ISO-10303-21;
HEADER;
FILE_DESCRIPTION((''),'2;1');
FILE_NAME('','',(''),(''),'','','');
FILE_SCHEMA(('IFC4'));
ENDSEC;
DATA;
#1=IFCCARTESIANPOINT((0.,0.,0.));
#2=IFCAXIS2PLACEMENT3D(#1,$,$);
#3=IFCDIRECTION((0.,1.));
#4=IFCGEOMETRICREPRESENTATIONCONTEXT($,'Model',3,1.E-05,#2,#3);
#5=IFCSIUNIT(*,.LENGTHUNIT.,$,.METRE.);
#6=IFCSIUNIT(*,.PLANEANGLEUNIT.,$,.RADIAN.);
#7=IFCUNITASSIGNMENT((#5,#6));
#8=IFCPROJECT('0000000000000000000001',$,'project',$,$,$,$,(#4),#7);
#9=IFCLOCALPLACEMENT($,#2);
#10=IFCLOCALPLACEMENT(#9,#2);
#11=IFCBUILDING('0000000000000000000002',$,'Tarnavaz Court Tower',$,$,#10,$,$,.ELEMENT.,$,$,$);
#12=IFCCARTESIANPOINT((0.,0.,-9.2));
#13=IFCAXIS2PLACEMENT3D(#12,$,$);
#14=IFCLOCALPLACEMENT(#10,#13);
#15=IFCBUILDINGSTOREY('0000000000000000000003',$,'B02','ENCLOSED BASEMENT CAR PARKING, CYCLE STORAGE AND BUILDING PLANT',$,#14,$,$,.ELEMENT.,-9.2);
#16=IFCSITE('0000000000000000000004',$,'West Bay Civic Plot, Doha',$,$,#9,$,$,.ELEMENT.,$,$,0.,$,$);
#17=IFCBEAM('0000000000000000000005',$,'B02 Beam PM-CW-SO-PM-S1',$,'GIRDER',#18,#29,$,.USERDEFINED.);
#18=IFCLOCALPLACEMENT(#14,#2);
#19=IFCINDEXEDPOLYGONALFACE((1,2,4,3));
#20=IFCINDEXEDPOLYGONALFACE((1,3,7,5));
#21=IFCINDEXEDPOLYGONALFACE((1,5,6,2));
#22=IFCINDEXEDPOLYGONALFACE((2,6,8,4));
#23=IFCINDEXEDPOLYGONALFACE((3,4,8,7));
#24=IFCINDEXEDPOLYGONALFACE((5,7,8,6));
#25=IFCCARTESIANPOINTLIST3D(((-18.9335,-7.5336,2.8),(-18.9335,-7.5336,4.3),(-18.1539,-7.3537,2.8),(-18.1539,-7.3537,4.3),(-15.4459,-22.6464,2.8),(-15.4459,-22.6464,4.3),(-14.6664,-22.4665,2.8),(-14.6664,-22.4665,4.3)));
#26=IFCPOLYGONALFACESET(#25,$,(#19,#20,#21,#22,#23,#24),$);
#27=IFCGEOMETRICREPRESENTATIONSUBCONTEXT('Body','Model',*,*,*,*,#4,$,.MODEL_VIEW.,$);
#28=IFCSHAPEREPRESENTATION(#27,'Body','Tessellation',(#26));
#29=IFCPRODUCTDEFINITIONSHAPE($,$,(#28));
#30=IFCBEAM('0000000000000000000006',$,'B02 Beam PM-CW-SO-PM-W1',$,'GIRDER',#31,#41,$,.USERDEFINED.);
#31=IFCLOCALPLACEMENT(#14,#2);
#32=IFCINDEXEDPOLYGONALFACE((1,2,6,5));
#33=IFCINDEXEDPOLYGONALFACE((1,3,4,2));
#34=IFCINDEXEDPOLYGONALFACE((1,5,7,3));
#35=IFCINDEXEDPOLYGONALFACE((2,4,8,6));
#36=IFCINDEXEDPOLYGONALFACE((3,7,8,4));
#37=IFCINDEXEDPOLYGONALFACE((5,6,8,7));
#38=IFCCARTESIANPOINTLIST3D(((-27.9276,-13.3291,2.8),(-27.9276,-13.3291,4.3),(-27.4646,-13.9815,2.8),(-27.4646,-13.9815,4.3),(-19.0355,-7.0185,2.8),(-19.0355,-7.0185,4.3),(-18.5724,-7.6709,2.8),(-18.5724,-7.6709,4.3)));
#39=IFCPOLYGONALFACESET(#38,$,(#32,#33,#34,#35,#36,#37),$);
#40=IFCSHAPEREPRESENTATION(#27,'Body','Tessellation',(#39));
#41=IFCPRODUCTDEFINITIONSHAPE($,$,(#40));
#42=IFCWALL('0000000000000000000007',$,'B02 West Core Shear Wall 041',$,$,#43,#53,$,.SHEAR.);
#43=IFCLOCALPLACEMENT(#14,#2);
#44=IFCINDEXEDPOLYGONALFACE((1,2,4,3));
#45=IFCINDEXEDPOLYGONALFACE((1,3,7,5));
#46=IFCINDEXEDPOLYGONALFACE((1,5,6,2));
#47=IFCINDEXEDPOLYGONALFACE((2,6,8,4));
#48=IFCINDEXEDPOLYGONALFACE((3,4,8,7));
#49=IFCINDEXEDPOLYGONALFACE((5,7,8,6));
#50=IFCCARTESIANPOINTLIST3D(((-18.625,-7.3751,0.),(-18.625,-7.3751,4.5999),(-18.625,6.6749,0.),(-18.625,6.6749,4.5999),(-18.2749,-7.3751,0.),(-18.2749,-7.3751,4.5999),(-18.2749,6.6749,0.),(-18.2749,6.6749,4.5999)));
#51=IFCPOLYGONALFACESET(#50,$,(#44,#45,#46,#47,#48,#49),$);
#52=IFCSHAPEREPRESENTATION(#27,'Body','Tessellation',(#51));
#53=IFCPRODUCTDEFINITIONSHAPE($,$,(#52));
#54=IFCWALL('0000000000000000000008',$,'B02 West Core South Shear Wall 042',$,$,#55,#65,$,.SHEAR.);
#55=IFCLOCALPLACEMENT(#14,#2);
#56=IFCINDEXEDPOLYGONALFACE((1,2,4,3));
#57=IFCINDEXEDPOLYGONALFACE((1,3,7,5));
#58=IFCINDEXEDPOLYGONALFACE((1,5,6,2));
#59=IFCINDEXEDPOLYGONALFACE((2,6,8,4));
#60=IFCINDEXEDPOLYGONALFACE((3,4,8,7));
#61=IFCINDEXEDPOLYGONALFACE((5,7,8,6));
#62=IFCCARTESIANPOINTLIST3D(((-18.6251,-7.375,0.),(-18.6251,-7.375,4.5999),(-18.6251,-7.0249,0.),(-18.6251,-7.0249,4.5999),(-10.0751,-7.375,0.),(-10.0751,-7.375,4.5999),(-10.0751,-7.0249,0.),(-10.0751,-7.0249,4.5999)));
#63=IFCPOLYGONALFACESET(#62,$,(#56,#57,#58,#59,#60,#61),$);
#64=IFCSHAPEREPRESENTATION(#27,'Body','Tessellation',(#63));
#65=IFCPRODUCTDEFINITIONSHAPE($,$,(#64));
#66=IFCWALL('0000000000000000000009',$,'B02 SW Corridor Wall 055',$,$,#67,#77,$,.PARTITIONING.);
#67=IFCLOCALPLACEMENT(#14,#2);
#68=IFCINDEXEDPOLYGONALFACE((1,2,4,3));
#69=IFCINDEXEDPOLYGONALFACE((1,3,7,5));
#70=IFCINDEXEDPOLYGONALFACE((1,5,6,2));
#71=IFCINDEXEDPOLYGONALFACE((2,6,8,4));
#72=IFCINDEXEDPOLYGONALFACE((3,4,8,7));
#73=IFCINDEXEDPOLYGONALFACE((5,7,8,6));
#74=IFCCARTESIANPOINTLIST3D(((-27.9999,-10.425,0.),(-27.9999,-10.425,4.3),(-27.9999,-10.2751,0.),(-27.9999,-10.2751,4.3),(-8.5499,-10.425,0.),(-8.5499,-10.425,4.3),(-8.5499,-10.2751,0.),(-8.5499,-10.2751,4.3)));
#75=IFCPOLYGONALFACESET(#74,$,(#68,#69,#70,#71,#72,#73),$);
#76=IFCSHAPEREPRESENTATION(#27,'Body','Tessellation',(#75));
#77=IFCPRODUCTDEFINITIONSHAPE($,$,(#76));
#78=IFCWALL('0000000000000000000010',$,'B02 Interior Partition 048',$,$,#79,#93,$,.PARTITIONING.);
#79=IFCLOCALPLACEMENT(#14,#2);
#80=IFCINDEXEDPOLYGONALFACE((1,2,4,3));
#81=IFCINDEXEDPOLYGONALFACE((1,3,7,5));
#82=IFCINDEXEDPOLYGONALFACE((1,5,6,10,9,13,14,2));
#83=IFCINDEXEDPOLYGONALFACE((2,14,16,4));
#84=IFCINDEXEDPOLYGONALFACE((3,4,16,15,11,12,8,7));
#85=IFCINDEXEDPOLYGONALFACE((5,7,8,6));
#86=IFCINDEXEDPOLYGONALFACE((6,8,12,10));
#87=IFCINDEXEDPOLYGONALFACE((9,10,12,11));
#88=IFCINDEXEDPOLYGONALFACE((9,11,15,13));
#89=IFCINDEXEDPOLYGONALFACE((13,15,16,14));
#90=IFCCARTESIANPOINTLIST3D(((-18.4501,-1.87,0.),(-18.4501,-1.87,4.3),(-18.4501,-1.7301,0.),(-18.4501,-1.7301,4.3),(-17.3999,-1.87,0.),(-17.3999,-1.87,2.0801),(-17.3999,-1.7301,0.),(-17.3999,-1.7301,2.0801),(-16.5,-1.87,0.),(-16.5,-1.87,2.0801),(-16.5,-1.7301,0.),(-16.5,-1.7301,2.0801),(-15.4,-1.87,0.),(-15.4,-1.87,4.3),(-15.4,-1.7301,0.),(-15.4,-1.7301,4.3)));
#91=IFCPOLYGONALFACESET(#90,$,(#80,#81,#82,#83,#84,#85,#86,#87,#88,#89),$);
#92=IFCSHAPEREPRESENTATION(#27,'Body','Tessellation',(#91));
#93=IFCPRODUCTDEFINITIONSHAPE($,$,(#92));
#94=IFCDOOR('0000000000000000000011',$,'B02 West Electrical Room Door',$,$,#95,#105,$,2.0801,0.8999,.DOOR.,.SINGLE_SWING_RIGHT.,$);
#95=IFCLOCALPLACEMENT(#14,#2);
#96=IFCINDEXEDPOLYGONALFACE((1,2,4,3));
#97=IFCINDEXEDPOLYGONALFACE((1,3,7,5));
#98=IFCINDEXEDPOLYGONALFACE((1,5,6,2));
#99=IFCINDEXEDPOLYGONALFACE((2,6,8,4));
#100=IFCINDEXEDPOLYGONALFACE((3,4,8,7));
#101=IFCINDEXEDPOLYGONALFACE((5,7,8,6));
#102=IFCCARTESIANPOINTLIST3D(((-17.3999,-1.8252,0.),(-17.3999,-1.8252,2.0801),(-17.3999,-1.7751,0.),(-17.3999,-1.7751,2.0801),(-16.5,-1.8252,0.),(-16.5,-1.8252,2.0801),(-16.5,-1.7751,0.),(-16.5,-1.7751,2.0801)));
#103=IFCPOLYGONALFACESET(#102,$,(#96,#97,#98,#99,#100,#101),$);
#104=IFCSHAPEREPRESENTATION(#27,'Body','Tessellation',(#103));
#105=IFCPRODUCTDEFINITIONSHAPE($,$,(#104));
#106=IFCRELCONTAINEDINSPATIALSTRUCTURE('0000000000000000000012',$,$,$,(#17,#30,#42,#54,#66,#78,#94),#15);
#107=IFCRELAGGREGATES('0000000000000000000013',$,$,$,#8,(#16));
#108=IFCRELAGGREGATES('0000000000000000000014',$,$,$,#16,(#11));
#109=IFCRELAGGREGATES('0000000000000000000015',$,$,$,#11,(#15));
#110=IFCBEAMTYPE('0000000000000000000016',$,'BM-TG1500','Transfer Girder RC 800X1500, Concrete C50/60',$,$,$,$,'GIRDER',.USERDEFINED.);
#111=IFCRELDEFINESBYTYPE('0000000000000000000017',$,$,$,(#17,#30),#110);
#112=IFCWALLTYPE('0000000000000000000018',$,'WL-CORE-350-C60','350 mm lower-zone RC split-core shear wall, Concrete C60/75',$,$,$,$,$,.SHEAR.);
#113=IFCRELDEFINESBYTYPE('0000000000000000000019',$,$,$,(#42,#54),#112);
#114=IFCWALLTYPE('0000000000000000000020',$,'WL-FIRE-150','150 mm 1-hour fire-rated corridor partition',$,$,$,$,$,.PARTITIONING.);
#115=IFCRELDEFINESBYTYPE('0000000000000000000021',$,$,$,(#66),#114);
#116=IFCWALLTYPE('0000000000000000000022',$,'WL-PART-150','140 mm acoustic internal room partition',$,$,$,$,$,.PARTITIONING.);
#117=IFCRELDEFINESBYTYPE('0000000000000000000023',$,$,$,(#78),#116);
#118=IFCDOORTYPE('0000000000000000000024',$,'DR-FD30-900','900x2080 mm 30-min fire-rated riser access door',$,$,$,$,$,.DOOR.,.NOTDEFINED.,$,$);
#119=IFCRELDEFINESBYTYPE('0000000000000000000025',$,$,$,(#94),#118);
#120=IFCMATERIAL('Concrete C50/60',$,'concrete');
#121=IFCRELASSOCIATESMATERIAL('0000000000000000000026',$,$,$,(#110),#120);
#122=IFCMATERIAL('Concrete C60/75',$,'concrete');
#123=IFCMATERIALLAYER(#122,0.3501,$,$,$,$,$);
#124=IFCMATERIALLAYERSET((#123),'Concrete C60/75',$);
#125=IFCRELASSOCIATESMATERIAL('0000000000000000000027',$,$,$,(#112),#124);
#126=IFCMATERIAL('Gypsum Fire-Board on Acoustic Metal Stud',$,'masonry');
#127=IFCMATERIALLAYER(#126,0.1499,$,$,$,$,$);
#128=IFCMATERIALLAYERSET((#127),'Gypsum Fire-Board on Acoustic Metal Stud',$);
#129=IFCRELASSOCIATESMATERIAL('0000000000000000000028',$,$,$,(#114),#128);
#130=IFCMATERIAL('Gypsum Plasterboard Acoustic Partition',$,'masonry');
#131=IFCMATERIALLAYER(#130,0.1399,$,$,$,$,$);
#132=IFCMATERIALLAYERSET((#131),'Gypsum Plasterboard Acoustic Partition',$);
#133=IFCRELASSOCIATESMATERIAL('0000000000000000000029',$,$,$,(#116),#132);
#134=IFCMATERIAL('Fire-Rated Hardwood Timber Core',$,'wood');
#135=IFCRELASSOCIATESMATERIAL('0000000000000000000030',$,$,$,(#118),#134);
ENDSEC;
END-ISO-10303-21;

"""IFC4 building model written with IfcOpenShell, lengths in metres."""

from ifc_helpers import new_model, si_unit, direction, frame, frame_2d, origin, origin_2d, place, context, subcontext, project, spatial, rectangle, extrude, material, layer, layer_set, material_profile, profile_set, type_object, element, fill, save


model = new_model("IFC4")

# Units and contexts
model_context = context("Model", 3, precision=1e-05, world=origin(), true_north=direction((0.0, 1.0)))
body_context = subcontext(model_context, "Body", "Model", "MODEL_VIEW")
ifc_project = project(units=[si_unit("LENGTHUNIT", "METRE"), si_unit("PLANEANGLEUNIT", "RADIAN")], contexts=[model_context])

# Site, building, storey
site_placement = place(None, origin())
site = spatial("IfcSite", under=ifc_project, at=site_placement, Name="West Bay Civic Plot, Doha", CompositionType="ELEMENT", RefElevation=0.0)
building_placement = place(site_placement, origin())
building = spatial("IfcBuilding", under=site, at=building_placement, Name="Tarnavaz Court Tower", CompositionType="ELEMENT")
storey_placement = place(building_placement, frame((0.0, 0.0, -9.2)))
storey = spatial("IfcBuildingStorey", under=building, at=storey_placement, Name="B02", Description="ENCLOSED BASEMENT CAR PARKING, CYCLE STORAGE AND BUILDING PLANT", CompositionType="ELEMENT", Elevation=-9.2)

# Shared definitions
ifc_material_1 = material(Name="Concrete C50/60", Category="concrete")

# Shared definitions
ifc_material_2 = material(Name="Concrete C60/75", Category="concrete")

# Beams
ifc_material_profile_1 = material_profile(ifc_material_1, rectangle(XDim=0.8, YDim=1.5, at=origin_2d()), Name="RC 800X1500")
ifc_profile_set_1 = profile_set([ifc_material_profile_1], Name="Concrete C50/60")
beam_type_1 = type_object("IfcBeamType", Name="BM-TG1500", Description="Transfer Girder RC 800X1500, Concrete C50/60", ElementType="GIRDER", PredefinedType="USERDEFINED", material=ifc_profile_set_1)
beam_1_placement = place(storey_placement, frame((-18.5437, -7.4436, 3.55), z_axis=(0.224858, -0.974391, 0.0), x_axis=(0.974391, 0.224858, 0.0)))
element("IfcBeam", 1, at=beam_1_placement, inside=storey, type_object=beam_type_1, Name="B02 Beam PM-CW-SO-PM-S1", ObjectType="GIRDER", PredefinedType="USERDEFINED", context=body_context, shape_type="SweptSolid", body=[
    extrude(rectangle(XDim=0.8, YDim=1.5, at=origin_2d()), origin(), (0.0, 0.0, 1.0), 15.51),
])
beam_2_placement = place(storey_placement, frame((-18.804, -7.3447, 3.55), z_axis=(-0.815506, -0.578749, 0.0), x_axis=(0.578749, -0.815506, 0.0)))
element("IfcBeam", 2, at=beam_2_placement, inside=storey, type_object=beam_type_1, Name="B02 Beam PM-CW-SO-PM-W1", ObjectType="GIRDER", PredefinedType="USERDEFINED", context=body_context, shape_type="SweptSolid", body=[
    extrude(rectangle(XDim=0.8, YDim=1.5, at=origin_2d()), origin(), (0.0, 0.0, 1.0), 10.9038),
])

# Walls
ifc_layer_1 = layer(ifc_material_2, 0.3501)
ifc_layer_set_1 = layer_set([ifc_layer_1], Name="Concrete C60/75")
wall_type_1 = type_object("IfcWallType", Name="WL-CORE-350-C60", Description="350 mm lower-zone RC split-core shear wall, Concrete C60/75", PredefinedType="SHEAR", material=ifc_layer_set_1)
wall_1_placement = place(storey_placement, frame((-18.45, -7.375, 0.0), z_axis=(0.0, 0.0, 1.0), x_axis=(0.0, 1.0, 0.0)))
element("IfcWall", 3, at=wall_1_placement, inside=storey, type_object=wall_type_1, Name="B02 West Core Shear Wall 041", PredefinedType="SHEAR", context=body_context, shape_type="SweptSolid", body=[
    extrude(rectangle(XDim=14.05, YDim=0.3501, at=frame_2d((7.0249, 0.0))), origin(), (0.0, 0.0, 1.0), 4.5999),
])
wall_2_placement = place(storey_placement, frame((-18.625, -7.2, 0.0), z_axis=(0.0, 0.0, 1.0), x_axis=(1.0, 0.0, 0.0)))
element("IfcWall", 4, at=wall_2_placement, inside=storey, type_object=wall_type_1, Name="B02 West Core South Shear Wall 042", PredefinedType="SHEAR", context=body_context, shape_type="SweptSolid", body=[
    extrude(rectangle(XDim=8.55, YDim=0.3501, at=frame_2d((4.2749, 0.0))), origin(), (0.0, 0.0, 1.0), 4.5999),
])
ifc_material_3 = material(Name="Gypsum Fire-Board on Acoustic Metal Stud", Category="masonry")
ifc_layer_2 = layer(ifc_material_3, 0.1499)
ifc_layer_set_2 = layer_set([ifc_layer_2], Name="Gypsum Fire-Board on Acoustic Metal Stud")
wall_type_2 = type_object("IfcWallType", Name="WL-FIRE-150", Description="150 mm 1-hour fire-rated corridor partition", PredefinedType="PARTITIONING", material=ifc_layer_set_2)
wall_3_placement = place(storey_placement, frame((-28.0, -10.3501, 0.0), z_axis=(0.0, 0.0, 1.0), x_axis=(1.0, 0.0, 0.0)))
element("IfcWall", 5, at=wall_3_placement, inside=storey, type_object=wall_type_2, Name="B02 SW Corridor Wall 055", PredefinedType="PARTITIONING", context=body_context, shape_type="SweptSolid", body=[
    extrude(rectangle(XDim=19.45, YDim=0.1499, at=frame_2d((9.7251, 0.0))), origin(), (0.0, 0.0, 1.0), 4.3),
])

# Wall, opening, door
ifc_material_4 = material(Name="Gypsum Plasterboard Acoustic Partition", Category="masonry")
ifc_layer_3 = layer(ifc_material_4, 0.1399)
ifc_layer_set_3 = layer_set([ifc_layer_3], Name="Gypsum Plasterboard Acoustic Partition")
wall_type_3 = type_object("IfcWallType", Name="WL-PART-150", Description="140 mm acoustic internal room partition", PredefinedType="PARTITIONING", material=ifc_layer_set_3)
wall_4_placement = place(storey_placement, frame((-18.45, -1.8, 0.0), z_axis=(0.0, 0.0, 1.0), x_axis=(1.0, 0.0, 0.0)))
wall_4 = element("IfcWall", 6, at=wall_4_placement, inside=storey, type_object=wall_type_3, Name="B02 Interior Partition 048", PredefinedType="PARTITIONING", context=body_context, shape_type="SweptSolid", body=[
    extrude(rectangle(XDim=3.05, YDim=0.1399, at=frame_2d((1.5249, 0.0))), origin(), (0.0, 0.0, 1.0), 4.3),
])
opening_placement = place(wall_4_placement, frame((1.05, 0.0, 0.0)))
opening = element("IfcOpeningElement", 7, at=opening_placement, cuts=wall_4, PredefinedType="OPENING", context=body_context, shape_type="SweptSolid", body=[
    extrude(rectangle(XDim=0.8999, YDim=2.0801, at=frame_2d((0.45, 1.04))), frame((0.0, 0.0798, 0.0), z_axis=(0.0, -1.0, 0.0), x_axis=(1.0, 0.0, 0.0)), (0.0, 0.0, 1.0), 0.1599),
])
ifc_material_5 = material(Name="Fire-Rated Hardwood Timber Core", Category="wood")
door_type = type_object("IfcDoorType", Name="DR-FD30-900", Description="900x2080 mm 30-min fire-rated riser access door", OperationType="NOTDEFINED", PredefinedType="DOOR", material=ifc_material_5)
door_placement = place(opening_placement, origin())
door = element("IfcDoor", 8, at=door_placement, inside=storey, type_object=door_type, Name="B02 West Electrical Room Door", OperationType="SINGLE_SWING_RIGHT", OverallHeight=2.0801, OverallWidth=0.8999, PredefinedType="DOOR", context=body_context, shape_type="SweptSolid", body=[
    extrude(rectangle(XDim=0.8999, YDim=2.0801, at=frame_2d((0.45, 1.04))), frame((0.0, 0.0249, 0.0), z_axis=(0.0, -1.0, 0.0), x_axis=(1.0, 0.0, 0.0)), (0.0, 0.0, 1.0), 0.05),
])
fill(opening, door)

save(model, "model.ifc")
